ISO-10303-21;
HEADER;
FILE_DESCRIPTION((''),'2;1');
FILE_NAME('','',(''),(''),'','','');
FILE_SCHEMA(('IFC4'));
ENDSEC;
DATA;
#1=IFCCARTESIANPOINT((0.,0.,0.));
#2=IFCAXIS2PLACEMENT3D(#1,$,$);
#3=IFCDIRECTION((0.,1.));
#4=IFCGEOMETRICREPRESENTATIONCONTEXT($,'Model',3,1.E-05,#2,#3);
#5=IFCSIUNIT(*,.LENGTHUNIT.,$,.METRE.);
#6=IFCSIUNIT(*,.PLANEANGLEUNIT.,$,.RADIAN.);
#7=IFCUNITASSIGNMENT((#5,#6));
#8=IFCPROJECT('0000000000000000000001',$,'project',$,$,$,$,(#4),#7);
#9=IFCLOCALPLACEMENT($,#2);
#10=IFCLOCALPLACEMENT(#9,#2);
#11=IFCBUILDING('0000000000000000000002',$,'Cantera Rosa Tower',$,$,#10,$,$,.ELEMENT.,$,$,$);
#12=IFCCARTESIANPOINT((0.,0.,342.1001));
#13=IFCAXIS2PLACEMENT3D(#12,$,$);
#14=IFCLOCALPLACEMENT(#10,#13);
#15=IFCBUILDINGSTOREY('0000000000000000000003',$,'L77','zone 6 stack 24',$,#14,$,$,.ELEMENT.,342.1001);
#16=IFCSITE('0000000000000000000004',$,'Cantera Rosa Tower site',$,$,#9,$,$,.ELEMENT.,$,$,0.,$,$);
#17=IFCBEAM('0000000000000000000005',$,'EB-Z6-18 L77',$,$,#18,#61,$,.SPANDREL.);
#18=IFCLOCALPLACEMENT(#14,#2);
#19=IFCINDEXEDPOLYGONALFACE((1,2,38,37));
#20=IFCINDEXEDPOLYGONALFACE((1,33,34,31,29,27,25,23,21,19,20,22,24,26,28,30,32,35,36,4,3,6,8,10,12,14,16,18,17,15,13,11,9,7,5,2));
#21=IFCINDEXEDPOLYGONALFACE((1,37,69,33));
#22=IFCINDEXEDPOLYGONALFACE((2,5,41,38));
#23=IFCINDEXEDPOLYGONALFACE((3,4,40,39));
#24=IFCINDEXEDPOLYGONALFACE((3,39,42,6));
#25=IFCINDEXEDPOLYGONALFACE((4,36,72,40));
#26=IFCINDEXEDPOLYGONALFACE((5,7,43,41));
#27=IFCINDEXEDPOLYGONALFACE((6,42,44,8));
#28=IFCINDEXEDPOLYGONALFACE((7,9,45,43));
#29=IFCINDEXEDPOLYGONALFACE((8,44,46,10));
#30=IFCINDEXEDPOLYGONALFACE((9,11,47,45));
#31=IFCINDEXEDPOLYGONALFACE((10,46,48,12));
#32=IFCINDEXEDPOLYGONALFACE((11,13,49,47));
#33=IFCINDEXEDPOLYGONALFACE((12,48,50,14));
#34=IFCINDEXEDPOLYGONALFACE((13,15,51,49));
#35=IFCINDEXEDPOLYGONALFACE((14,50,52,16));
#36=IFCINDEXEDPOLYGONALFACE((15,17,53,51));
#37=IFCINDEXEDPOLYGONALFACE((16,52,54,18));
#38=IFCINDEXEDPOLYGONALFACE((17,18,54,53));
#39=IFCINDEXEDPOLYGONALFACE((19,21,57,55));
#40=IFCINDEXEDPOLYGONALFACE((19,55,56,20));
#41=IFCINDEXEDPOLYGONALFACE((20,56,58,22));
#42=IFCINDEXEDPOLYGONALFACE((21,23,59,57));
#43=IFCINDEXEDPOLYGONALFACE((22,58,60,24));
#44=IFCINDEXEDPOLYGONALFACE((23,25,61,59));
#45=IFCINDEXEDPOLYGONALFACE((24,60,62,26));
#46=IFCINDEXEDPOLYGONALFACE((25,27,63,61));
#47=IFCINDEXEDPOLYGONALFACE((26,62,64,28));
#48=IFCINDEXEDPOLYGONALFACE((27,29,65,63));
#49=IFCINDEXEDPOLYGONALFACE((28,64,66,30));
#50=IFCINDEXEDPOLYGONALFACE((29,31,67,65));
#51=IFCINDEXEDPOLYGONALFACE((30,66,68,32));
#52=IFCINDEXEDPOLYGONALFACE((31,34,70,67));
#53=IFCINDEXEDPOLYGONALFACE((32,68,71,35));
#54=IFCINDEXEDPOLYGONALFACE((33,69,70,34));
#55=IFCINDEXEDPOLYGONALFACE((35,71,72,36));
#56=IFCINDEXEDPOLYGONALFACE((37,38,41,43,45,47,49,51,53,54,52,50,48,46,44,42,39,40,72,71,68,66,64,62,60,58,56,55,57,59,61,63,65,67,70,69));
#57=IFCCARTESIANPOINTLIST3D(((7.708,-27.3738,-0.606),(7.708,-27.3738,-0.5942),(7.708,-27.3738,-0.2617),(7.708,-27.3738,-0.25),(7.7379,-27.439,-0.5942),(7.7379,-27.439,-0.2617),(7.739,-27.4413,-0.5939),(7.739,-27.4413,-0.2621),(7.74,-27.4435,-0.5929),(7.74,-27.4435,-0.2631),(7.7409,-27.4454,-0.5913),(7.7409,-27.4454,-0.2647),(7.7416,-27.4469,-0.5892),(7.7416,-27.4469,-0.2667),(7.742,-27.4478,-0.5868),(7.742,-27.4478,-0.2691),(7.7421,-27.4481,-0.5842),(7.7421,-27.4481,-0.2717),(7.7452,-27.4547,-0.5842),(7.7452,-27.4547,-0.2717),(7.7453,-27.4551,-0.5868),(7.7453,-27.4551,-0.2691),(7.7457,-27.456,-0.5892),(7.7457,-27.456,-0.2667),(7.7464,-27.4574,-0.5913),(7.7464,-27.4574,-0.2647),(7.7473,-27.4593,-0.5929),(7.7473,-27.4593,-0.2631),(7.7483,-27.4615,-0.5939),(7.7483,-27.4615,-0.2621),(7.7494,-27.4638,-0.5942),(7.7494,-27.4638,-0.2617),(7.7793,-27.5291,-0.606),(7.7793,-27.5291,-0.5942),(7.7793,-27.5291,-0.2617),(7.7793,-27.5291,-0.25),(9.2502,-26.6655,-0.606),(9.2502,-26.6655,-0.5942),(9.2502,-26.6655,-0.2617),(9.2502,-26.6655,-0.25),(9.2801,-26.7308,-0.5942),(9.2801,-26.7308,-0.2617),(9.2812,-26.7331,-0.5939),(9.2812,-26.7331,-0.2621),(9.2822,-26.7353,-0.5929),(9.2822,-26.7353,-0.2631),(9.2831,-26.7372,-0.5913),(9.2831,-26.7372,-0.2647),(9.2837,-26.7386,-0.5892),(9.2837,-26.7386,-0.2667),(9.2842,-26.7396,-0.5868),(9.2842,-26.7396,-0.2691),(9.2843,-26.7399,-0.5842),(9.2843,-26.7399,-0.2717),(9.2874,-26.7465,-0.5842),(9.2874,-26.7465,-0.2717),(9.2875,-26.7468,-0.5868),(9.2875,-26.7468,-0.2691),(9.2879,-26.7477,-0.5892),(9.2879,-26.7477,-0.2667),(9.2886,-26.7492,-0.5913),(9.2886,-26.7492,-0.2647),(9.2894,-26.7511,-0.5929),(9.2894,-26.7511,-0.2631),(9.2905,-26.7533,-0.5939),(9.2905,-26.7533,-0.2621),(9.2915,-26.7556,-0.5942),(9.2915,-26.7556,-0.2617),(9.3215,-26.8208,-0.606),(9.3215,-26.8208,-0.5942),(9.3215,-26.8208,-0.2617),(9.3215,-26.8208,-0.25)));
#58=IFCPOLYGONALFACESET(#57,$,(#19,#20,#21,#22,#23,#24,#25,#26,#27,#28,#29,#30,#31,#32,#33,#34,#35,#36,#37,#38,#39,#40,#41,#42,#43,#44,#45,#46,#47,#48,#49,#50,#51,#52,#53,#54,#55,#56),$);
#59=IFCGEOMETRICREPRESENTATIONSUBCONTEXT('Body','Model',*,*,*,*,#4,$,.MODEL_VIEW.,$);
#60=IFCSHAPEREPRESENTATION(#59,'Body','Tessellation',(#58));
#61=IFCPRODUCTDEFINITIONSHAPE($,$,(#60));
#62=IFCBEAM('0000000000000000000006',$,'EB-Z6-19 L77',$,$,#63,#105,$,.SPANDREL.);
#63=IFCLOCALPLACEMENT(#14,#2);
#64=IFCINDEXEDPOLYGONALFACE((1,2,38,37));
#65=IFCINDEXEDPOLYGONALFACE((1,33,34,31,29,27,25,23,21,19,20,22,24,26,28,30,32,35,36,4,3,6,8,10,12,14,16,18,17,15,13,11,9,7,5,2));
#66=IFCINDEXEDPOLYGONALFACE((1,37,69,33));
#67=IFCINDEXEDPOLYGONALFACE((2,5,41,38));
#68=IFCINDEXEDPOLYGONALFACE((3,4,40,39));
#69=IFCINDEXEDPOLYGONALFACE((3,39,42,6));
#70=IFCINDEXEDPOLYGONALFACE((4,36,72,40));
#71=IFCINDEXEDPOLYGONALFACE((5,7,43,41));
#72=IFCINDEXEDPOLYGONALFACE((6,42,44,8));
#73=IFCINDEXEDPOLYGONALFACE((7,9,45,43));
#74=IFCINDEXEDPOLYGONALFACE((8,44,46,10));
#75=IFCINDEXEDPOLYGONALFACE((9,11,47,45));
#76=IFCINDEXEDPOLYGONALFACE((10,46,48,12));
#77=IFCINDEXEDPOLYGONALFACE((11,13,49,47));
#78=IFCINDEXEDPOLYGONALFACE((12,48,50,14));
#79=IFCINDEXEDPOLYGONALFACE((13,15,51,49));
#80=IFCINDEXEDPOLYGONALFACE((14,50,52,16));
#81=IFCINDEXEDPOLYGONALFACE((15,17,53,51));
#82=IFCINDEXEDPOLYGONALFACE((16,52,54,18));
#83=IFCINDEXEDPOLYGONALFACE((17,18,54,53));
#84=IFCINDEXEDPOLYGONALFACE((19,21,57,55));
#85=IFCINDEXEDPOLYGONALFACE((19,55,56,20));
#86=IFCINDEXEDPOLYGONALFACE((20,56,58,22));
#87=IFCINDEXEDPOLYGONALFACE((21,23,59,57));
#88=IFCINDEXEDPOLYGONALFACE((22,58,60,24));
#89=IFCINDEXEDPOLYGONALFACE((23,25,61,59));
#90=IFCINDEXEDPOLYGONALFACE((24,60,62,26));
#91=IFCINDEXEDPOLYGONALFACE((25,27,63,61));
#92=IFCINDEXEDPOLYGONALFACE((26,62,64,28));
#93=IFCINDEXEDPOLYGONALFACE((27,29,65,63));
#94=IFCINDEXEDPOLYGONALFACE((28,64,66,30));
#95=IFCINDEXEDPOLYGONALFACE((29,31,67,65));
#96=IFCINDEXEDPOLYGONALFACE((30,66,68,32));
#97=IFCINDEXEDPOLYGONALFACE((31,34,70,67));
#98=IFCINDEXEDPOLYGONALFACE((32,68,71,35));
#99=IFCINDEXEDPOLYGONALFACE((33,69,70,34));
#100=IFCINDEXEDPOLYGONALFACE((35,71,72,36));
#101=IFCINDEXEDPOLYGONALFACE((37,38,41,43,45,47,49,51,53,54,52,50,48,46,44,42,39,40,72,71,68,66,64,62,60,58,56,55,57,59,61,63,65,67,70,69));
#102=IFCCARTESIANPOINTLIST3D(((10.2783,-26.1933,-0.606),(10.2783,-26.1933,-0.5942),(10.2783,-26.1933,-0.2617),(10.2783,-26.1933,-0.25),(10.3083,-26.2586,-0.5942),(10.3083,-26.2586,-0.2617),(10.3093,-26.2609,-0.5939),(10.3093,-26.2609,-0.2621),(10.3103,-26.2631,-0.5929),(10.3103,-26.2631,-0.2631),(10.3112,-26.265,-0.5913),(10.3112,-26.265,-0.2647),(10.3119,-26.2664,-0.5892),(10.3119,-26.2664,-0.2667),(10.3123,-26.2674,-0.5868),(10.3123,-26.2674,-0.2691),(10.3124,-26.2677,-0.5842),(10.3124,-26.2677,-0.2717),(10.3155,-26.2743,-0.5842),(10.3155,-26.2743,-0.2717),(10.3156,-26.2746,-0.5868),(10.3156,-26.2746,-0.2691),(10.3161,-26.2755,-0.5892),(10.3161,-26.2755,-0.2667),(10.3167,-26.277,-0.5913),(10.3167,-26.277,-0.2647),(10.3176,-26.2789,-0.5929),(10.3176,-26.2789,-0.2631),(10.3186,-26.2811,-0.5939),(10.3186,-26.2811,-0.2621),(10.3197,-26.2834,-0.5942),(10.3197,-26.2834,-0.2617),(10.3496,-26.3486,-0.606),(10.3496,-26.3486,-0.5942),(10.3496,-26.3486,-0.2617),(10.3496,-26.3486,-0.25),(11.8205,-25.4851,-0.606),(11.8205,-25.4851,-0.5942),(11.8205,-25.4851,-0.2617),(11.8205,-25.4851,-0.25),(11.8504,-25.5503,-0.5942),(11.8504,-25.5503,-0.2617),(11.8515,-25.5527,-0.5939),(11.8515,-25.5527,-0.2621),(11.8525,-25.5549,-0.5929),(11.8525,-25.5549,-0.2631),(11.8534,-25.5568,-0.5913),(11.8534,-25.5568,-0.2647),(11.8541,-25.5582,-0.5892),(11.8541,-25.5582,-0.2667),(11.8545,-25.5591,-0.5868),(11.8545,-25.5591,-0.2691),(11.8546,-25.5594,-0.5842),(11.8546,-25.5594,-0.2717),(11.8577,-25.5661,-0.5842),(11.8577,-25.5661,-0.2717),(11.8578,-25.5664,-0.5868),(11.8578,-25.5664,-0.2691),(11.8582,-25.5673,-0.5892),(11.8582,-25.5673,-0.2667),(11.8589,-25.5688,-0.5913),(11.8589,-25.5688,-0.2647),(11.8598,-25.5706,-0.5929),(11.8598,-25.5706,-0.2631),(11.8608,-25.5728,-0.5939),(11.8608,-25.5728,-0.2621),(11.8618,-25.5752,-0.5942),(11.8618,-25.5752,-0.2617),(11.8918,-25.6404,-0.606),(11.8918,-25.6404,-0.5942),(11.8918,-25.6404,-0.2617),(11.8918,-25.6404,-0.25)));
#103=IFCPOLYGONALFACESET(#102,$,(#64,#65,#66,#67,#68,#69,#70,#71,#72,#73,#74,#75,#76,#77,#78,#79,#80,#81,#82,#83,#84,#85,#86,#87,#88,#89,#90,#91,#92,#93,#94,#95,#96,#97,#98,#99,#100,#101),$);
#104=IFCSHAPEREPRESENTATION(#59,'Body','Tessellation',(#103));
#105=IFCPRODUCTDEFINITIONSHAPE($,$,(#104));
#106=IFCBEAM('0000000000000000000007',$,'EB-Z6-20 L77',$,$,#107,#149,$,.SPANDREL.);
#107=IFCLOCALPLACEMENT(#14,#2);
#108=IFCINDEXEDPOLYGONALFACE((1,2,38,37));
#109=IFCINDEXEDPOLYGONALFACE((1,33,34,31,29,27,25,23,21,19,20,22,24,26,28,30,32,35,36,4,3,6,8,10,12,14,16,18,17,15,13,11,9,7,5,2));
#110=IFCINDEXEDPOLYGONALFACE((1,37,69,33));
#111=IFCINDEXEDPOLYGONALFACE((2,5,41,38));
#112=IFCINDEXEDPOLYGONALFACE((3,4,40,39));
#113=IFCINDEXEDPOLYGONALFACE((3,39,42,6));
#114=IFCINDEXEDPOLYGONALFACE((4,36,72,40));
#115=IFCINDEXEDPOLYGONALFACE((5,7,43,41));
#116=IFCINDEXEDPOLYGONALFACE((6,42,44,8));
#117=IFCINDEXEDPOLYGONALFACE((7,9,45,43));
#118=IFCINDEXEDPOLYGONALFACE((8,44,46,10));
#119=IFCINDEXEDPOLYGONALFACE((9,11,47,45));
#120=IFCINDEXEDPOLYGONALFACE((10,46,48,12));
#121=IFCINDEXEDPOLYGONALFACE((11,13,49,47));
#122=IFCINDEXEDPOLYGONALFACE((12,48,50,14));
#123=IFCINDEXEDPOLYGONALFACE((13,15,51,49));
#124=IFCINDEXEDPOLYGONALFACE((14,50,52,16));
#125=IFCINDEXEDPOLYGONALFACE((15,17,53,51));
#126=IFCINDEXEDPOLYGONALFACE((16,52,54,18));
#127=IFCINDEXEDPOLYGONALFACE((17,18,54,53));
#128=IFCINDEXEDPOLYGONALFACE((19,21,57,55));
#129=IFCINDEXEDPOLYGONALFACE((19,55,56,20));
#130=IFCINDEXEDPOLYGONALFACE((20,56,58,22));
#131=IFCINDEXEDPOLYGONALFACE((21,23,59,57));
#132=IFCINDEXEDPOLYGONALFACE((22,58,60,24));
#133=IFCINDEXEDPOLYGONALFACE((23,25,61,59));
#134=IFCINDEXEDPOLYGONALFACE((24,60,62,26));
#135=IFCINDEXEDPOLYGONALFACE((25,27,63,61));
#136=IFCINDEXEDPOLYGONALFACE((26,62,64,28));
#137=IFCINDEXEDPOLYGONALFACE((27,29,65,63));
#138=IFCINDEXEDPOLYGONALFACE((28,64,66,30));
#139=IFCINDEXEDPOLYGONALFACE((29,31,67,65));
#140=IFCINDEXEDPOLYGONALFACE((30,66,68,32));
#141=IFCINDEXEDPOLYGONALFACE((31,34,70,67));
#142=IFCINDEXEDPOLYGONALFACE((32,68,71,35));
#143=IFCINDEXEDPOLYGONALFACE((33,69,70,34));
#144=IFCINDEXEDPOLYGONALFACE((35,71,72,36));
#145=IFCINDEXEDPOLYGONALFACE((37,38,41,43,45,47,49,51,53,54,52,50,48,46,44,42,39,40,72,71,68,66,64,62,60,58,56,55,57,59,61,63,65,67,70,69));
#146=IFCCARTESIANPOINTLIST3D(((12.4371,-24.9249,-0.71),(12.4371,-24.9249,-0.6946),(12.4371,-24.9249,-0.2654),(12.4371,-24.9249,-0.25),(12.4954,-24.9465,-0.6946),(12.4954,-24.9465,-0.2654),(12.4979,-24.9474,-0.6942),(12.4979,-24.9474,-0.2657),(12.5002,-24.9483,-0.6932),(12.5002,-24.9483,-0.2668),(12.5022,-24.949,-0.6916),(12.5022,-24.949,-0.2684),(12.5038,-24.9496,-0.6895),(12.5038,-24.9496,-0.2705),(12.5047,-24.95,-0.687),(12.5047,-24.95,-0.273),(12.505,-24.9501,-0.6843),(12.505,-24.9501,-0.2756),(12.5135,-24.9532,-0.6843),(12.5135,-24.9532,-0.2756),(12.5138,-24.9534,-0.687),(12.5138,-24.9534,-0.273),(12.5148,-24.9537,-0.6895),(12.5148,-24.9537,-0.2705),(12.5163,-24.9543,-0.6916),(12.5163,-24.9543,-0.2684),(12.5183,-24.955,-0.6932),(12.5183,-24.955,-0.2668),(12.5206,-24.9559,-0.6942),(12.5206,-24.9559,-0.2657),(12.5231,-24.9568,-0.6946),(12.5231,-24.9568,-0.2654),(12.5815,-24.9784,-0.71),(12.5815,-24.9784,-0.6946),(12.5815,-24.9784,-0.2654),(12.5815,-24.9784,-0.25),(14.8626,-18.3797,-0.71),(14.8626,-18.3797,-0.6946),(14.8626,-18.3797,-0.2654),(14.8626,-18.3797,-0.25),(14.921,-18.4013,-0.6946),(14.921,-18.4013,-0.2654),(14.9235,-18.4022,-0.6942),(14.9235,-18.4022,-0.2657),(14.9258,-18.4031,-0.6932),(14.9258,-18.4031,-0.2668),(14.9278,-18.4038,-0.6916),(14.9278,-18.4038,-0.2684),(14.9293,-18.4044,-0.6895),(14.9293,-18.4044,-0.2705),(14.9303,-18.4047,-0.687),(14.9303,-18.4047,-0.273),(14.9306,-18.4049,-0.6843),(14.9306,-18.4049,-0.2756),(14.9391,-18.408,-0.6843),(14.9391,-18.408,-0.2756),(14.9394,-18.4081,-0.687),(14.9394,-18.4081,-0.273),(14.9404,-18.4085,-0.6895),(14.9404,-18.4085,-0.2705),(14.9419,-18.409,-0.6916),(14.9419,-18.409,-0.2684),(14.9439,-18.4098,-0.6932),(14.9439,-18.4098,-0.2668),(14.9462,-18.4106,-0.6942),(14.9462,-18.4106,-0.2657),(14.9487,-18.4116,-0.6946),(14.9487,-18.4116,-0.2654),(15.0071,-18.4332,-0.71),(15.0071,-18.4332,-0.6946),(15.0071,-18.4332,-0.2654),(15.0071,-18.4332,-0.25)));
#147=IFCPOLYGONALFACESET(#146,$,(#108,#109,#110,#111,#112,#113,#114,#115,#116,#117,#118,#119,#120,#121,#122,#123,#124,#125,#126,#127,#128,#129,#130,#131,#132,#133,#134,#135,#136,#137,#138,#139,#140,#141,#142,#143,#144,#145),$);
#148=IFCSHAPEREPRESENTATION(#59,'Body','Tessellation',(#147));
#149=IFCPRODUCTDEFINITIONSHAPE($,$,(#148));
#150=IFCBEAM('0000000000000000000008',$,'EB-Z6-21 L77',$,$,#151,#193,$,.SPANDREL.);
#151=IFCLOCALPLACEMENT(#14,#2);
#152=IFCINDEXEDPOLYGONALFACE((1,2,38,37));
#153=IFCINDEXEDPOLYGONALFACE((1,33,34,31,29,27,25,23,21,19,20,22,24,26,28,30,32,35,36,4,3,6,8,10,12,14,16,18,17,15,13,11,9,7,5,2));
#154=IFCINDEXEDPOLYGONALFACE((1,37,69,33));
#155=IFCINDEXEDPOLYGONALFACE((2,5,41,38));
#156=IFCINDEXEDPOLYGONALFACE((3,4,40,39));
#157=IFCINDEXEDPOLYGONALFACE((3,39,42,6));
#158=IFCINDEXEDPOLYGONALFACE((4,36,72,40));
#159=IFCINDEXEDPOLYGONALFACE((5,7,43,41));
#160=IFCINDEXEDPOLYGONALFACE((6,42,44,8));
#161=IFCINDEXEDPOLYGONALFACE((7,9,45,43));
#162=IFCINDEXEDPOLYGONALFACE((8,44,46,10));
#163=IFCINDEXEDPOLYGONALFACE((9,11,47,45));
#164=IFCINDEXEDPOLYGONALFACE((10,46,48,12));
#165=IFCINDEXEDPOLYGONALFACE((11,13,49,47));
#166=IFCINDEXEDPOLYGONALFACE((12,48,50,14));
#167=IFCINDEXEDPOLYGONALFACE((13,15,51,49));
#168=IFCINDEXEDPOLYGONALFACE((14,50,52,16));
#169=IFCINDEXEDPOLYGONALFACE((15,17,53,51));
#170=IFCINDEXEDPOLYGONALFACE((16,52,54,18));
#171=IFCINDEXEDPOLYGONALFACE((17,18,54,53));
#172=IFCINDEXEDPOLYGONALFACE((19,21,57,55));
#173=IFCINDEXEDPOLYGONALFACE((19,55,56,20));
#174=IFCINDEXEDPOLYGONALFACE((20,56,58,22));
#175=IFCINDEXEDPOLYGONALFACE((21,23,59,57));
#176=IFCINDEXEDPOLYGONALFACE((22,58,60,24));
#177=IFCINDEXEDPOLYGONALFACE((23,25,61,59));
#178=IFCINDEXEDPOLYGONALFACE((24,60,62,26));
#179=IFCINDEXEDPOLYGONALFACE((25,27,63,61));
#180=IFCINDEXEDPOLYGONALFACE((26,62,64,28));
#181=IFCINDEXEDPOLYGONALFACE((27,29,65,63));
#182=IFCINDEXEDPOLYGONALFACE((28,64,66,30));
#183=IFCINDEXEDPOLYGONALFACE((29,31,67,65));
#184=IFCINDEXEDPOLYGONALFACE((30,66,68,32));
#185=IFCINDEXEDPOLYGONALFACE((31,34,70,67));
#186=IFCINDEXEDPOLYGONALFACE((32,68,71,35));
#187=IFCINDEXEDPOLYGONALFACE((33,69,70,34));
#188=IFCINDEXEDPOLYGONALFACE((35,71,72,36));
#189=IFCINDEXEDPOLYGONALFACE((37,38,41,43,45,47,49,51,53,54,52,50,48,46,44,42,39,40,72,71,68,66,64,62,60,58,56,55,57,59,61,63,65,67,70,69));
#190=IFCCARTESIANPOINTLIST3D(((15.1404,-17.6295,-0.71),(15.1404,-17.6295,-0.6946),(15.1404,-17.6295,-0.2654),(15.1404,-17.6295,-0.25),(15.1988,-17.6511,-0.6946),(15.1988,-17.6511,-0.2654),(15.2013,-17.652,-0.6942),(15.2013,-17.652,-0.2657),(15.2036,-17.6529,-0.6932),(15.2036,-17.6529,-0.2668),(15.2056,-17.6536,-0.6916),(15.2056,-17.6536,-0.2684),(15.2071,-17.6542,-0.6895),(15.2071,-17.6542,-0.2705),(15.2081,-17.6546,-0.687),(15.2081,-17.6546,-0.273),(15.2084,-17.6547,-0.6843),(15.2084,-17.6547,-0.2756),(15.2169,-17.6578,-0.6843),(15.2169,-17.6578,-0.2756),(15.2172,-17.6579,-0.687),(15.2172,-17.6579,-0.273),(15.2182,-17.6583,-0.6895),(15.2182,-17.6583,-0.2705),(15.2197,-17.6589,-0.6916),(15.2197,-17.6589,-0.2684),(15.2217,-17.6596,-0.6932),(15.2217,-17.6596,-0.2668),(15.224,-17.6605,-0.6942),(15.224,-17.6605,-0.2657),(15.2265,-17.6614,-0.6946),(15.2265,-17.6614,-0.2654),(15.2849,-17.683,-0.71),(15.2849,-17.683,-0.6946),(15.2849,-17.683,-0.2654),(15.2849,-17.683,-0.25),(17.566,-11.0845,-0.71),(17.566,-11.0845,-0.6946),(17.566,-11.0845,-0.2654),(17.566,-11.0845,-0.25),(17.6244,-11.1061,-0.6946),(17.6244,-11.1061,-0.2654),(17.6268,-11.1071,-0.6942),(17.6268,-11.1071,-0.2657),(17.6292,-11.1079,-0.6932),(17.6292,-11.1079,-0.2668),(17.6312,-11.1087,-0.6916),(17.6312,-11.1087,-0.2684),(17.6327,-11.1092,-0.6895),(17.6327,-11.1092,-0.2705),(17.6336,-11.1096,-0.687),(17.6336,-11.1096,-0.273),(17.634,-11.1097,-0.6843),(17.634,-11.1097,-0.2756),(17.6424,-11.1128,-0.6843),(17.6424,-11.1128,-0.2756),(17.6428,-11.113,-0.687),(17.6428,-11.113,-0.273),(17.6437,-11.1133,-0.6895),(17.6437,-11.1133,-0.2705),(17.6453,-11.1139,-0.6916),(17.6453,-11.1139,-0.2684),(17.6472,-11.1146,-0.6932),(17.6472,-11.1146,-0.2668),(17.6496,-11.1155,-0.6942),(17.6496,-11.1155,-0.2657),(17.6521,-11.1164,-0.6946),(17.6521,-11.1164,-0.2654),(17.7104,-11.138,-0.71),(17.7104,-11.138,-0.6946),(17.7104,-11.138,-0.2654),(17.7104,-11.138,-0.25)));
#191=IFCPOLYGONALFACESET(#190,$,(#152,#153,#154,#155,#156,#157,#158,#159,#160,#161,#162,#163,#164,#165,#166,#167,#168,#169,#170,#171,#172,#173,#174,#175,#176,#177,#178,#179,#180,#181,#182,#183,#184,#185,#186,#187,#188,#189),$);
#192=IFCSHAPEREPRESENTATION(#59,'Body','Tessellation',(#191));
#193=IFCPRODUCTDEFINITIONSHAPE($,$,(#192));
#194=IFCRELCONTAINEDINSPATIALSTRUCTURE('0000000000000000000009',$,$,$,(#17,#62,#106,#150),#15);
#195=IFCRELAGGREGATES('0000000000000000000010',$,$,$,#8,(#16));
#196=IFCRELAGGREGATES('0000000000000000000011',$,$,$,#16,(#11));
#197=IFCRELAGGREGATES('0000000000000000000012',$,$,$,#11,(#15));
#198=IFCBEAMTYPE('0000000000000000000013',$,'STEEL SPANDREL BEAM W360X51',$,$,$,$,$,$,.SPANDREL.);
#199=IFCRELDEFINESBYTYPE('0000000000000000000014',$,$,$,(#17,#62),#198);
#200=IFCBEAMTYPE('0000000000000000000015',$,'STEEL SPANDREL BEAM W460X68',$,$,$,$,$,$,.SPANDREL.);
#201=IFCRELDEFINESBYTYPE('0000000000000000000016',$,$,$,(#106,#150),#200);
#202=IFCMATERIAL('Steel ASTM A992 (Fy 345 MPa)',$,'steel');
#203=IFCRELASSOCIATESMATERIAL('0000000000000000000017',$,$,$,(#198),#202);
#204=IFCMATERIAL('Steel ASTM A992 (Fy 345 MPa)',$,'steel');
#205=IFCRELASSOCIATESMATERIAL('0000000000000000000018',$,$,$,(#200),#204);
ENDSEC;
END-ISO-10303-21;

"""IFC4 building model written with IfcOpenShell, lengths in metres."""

from ifc_helpers import new_model, si_unit, direction, frame, origin, origin_2d, place, context, subcontext, project, spatial, i_section, extrude, material, material_profile, profile_set, type_object, element, save


model = new_model("IFC4")

# Units and contexts
model_context = context("Model", 3, precision=1e-05, world=origin(), true_north=direction((0.0, 1.0)))
body_context = subcontext(model_context, "Body", "Model", "MODEL_VIEW")
ifc_project = project(units=[si_unit("LENGTHUNIT", "METRE"), si_unit("PLANEANGLEUNIT", "RADIAN")], contexts=[model_context])

# Site, building, storey
site_placement = place(None, origin())
site = spatial("IfcSite", under=ifc_project, at=site_placement, Name="Cantera Rosa Tower site", CompositionType="ELEMENT", RefElevation=0.0)
building_placement = place(site_placement, origin())
building = spatial("IfcBuilding", under=site, at=building_placement, Name="Cantera Rosa Tower", CompositionType="ELEMENT")
storey_placement = place(building_placement, frame((0.0, 0.0, 342.1001)))
storey = spatial("IfcBuildingStorey", under=building, at=storey_placement, Name="L77", Description="zone 6 stack 24", CompositionType="ELEMENT", Elevation=342.1001)

# Beams
ifc_material_1 = material(Name="Steel ASTM A992 (Fy 345 MPa)", Category="steel")
ifc_material_profile_1 = material_profile(ifc_material_1, i_section(OverallWidth=0.1709, OverallDepth=0.356, WebThickness=0.0073, FlangeThickness=0.0117, FilletRadius=0.01, at=origin_2d()), Name="W360X51")
ifc_profile_set_1 = profile_set([ifc_material_profile_1], Name="Steel ASTM A992 (Fy 345 MPa)")
beam_type_1 = type_object("IfcBeamType", Name="STEEL SPANDREL BEAM W360X51", PredefinedType="SPANDREL", material=ifc_profile_set_1)
for number, where, z_axis, x_axis, name in (
    (1, (7.7437, -27.4514, -0.428), (0.908754, 0.417333, 0.0), (-0.417333, 0.908754, 0.0), "EB-Z6-18 L77"),
    (2, (10.314, -26.271, -0.428), (0.908754, 0.417333, 0.0), (-0.417333, 0.908754, 0.0), "EB-Z6-19 L77"),
):
    element("IfcBeam", number, at=place(storey_placement, frame(where, z_axis=z_axis, x_axis=x_axis)), inside=storey, type_object=beam_type_1, Name=name, PredefinedType="SPANDREL", context=body_context, shape_type="SweptSolid", body=[
        extrude(i_section(OverallWidth=0.1709, OverallDepth=0.356, WebThickness=0.0073, FlangeThickness=0.0117, FilletRadius=0.01, at=origin_2d()), origin(), (0.0, 0.0, 1.0), 1.697),
    ])
ifc_material_2 = material(Name="Steel ASTM A992 (Fy 345 MPa)", Category="steel")
ifc_material_profile_2 = material_profile(ifc_material_2, i_section(OverallWidth=0.1541, OverallDepth=0.46, WebThickness=0.009, FlangeThickness=0.0154, FilletRadius=0.0103, at=origin_2d()), Name="W460X68")
ifc_profile_set_2 = profile_set([ifc_material_profile_2], Name="Steel ASTM A992 (Fy 345 MPa)")
beam_type_2 = type_object("IfcBeamType", Name="STEEL SPANDREL BEAM W460X68", PredefinedType="SPANDREL", material=ifc_profile_set_2)
beam_1_placement = place(storey_placement, frame((12.5093, -24.9517, -0.48), z_axis=(0.347491, 0.937683, 0.0), x_axis=(-0.937683, 0.347491, 0.0)))
element("IfcBeam", 3, at=beam_1_placement, inside=storey, type_object=beam_type_2, Name="EB-Z6-20 L77", PredefinedType="SPANDREL", context=body_context, shape_type="SweptSolid", body=[
    extrude(i_section(OverallWidth=0.1541, OverallDepth=0.46, WebThickness=0.009, FlangeThickness=0.0154, FilletRadius=0.0103, at=origin_2d()), origin(), (0.0, 0.0, 1.0), 6.9802),
])
beam_2_placement = place(storey_placement, frame((15.2126, -17.6562, -0.48), z_axis=(0.347502, 0.937679, 0.0), x_axis=(-0.937679, 0.347502, 0.0)))
element("IfcBeam", 4, at=beam_2_placement, inside=storey, type_object=beam_type_2, Name="EB-Z6-21 L77", PredefinedType="SPANDREL", context=body_context, shape_type="SweptSolid", body=[
    extrude(i_section(OverallWidth=0.1541, OverallDepth=0.46, WebThickness=0.009, FlangeThickness=0.0154, FilletRadius=0.0103, at=origin_2d()), origin(), (0.0, 0.0, 1.0), 6.98),
])

save(model, "model.ifc")
